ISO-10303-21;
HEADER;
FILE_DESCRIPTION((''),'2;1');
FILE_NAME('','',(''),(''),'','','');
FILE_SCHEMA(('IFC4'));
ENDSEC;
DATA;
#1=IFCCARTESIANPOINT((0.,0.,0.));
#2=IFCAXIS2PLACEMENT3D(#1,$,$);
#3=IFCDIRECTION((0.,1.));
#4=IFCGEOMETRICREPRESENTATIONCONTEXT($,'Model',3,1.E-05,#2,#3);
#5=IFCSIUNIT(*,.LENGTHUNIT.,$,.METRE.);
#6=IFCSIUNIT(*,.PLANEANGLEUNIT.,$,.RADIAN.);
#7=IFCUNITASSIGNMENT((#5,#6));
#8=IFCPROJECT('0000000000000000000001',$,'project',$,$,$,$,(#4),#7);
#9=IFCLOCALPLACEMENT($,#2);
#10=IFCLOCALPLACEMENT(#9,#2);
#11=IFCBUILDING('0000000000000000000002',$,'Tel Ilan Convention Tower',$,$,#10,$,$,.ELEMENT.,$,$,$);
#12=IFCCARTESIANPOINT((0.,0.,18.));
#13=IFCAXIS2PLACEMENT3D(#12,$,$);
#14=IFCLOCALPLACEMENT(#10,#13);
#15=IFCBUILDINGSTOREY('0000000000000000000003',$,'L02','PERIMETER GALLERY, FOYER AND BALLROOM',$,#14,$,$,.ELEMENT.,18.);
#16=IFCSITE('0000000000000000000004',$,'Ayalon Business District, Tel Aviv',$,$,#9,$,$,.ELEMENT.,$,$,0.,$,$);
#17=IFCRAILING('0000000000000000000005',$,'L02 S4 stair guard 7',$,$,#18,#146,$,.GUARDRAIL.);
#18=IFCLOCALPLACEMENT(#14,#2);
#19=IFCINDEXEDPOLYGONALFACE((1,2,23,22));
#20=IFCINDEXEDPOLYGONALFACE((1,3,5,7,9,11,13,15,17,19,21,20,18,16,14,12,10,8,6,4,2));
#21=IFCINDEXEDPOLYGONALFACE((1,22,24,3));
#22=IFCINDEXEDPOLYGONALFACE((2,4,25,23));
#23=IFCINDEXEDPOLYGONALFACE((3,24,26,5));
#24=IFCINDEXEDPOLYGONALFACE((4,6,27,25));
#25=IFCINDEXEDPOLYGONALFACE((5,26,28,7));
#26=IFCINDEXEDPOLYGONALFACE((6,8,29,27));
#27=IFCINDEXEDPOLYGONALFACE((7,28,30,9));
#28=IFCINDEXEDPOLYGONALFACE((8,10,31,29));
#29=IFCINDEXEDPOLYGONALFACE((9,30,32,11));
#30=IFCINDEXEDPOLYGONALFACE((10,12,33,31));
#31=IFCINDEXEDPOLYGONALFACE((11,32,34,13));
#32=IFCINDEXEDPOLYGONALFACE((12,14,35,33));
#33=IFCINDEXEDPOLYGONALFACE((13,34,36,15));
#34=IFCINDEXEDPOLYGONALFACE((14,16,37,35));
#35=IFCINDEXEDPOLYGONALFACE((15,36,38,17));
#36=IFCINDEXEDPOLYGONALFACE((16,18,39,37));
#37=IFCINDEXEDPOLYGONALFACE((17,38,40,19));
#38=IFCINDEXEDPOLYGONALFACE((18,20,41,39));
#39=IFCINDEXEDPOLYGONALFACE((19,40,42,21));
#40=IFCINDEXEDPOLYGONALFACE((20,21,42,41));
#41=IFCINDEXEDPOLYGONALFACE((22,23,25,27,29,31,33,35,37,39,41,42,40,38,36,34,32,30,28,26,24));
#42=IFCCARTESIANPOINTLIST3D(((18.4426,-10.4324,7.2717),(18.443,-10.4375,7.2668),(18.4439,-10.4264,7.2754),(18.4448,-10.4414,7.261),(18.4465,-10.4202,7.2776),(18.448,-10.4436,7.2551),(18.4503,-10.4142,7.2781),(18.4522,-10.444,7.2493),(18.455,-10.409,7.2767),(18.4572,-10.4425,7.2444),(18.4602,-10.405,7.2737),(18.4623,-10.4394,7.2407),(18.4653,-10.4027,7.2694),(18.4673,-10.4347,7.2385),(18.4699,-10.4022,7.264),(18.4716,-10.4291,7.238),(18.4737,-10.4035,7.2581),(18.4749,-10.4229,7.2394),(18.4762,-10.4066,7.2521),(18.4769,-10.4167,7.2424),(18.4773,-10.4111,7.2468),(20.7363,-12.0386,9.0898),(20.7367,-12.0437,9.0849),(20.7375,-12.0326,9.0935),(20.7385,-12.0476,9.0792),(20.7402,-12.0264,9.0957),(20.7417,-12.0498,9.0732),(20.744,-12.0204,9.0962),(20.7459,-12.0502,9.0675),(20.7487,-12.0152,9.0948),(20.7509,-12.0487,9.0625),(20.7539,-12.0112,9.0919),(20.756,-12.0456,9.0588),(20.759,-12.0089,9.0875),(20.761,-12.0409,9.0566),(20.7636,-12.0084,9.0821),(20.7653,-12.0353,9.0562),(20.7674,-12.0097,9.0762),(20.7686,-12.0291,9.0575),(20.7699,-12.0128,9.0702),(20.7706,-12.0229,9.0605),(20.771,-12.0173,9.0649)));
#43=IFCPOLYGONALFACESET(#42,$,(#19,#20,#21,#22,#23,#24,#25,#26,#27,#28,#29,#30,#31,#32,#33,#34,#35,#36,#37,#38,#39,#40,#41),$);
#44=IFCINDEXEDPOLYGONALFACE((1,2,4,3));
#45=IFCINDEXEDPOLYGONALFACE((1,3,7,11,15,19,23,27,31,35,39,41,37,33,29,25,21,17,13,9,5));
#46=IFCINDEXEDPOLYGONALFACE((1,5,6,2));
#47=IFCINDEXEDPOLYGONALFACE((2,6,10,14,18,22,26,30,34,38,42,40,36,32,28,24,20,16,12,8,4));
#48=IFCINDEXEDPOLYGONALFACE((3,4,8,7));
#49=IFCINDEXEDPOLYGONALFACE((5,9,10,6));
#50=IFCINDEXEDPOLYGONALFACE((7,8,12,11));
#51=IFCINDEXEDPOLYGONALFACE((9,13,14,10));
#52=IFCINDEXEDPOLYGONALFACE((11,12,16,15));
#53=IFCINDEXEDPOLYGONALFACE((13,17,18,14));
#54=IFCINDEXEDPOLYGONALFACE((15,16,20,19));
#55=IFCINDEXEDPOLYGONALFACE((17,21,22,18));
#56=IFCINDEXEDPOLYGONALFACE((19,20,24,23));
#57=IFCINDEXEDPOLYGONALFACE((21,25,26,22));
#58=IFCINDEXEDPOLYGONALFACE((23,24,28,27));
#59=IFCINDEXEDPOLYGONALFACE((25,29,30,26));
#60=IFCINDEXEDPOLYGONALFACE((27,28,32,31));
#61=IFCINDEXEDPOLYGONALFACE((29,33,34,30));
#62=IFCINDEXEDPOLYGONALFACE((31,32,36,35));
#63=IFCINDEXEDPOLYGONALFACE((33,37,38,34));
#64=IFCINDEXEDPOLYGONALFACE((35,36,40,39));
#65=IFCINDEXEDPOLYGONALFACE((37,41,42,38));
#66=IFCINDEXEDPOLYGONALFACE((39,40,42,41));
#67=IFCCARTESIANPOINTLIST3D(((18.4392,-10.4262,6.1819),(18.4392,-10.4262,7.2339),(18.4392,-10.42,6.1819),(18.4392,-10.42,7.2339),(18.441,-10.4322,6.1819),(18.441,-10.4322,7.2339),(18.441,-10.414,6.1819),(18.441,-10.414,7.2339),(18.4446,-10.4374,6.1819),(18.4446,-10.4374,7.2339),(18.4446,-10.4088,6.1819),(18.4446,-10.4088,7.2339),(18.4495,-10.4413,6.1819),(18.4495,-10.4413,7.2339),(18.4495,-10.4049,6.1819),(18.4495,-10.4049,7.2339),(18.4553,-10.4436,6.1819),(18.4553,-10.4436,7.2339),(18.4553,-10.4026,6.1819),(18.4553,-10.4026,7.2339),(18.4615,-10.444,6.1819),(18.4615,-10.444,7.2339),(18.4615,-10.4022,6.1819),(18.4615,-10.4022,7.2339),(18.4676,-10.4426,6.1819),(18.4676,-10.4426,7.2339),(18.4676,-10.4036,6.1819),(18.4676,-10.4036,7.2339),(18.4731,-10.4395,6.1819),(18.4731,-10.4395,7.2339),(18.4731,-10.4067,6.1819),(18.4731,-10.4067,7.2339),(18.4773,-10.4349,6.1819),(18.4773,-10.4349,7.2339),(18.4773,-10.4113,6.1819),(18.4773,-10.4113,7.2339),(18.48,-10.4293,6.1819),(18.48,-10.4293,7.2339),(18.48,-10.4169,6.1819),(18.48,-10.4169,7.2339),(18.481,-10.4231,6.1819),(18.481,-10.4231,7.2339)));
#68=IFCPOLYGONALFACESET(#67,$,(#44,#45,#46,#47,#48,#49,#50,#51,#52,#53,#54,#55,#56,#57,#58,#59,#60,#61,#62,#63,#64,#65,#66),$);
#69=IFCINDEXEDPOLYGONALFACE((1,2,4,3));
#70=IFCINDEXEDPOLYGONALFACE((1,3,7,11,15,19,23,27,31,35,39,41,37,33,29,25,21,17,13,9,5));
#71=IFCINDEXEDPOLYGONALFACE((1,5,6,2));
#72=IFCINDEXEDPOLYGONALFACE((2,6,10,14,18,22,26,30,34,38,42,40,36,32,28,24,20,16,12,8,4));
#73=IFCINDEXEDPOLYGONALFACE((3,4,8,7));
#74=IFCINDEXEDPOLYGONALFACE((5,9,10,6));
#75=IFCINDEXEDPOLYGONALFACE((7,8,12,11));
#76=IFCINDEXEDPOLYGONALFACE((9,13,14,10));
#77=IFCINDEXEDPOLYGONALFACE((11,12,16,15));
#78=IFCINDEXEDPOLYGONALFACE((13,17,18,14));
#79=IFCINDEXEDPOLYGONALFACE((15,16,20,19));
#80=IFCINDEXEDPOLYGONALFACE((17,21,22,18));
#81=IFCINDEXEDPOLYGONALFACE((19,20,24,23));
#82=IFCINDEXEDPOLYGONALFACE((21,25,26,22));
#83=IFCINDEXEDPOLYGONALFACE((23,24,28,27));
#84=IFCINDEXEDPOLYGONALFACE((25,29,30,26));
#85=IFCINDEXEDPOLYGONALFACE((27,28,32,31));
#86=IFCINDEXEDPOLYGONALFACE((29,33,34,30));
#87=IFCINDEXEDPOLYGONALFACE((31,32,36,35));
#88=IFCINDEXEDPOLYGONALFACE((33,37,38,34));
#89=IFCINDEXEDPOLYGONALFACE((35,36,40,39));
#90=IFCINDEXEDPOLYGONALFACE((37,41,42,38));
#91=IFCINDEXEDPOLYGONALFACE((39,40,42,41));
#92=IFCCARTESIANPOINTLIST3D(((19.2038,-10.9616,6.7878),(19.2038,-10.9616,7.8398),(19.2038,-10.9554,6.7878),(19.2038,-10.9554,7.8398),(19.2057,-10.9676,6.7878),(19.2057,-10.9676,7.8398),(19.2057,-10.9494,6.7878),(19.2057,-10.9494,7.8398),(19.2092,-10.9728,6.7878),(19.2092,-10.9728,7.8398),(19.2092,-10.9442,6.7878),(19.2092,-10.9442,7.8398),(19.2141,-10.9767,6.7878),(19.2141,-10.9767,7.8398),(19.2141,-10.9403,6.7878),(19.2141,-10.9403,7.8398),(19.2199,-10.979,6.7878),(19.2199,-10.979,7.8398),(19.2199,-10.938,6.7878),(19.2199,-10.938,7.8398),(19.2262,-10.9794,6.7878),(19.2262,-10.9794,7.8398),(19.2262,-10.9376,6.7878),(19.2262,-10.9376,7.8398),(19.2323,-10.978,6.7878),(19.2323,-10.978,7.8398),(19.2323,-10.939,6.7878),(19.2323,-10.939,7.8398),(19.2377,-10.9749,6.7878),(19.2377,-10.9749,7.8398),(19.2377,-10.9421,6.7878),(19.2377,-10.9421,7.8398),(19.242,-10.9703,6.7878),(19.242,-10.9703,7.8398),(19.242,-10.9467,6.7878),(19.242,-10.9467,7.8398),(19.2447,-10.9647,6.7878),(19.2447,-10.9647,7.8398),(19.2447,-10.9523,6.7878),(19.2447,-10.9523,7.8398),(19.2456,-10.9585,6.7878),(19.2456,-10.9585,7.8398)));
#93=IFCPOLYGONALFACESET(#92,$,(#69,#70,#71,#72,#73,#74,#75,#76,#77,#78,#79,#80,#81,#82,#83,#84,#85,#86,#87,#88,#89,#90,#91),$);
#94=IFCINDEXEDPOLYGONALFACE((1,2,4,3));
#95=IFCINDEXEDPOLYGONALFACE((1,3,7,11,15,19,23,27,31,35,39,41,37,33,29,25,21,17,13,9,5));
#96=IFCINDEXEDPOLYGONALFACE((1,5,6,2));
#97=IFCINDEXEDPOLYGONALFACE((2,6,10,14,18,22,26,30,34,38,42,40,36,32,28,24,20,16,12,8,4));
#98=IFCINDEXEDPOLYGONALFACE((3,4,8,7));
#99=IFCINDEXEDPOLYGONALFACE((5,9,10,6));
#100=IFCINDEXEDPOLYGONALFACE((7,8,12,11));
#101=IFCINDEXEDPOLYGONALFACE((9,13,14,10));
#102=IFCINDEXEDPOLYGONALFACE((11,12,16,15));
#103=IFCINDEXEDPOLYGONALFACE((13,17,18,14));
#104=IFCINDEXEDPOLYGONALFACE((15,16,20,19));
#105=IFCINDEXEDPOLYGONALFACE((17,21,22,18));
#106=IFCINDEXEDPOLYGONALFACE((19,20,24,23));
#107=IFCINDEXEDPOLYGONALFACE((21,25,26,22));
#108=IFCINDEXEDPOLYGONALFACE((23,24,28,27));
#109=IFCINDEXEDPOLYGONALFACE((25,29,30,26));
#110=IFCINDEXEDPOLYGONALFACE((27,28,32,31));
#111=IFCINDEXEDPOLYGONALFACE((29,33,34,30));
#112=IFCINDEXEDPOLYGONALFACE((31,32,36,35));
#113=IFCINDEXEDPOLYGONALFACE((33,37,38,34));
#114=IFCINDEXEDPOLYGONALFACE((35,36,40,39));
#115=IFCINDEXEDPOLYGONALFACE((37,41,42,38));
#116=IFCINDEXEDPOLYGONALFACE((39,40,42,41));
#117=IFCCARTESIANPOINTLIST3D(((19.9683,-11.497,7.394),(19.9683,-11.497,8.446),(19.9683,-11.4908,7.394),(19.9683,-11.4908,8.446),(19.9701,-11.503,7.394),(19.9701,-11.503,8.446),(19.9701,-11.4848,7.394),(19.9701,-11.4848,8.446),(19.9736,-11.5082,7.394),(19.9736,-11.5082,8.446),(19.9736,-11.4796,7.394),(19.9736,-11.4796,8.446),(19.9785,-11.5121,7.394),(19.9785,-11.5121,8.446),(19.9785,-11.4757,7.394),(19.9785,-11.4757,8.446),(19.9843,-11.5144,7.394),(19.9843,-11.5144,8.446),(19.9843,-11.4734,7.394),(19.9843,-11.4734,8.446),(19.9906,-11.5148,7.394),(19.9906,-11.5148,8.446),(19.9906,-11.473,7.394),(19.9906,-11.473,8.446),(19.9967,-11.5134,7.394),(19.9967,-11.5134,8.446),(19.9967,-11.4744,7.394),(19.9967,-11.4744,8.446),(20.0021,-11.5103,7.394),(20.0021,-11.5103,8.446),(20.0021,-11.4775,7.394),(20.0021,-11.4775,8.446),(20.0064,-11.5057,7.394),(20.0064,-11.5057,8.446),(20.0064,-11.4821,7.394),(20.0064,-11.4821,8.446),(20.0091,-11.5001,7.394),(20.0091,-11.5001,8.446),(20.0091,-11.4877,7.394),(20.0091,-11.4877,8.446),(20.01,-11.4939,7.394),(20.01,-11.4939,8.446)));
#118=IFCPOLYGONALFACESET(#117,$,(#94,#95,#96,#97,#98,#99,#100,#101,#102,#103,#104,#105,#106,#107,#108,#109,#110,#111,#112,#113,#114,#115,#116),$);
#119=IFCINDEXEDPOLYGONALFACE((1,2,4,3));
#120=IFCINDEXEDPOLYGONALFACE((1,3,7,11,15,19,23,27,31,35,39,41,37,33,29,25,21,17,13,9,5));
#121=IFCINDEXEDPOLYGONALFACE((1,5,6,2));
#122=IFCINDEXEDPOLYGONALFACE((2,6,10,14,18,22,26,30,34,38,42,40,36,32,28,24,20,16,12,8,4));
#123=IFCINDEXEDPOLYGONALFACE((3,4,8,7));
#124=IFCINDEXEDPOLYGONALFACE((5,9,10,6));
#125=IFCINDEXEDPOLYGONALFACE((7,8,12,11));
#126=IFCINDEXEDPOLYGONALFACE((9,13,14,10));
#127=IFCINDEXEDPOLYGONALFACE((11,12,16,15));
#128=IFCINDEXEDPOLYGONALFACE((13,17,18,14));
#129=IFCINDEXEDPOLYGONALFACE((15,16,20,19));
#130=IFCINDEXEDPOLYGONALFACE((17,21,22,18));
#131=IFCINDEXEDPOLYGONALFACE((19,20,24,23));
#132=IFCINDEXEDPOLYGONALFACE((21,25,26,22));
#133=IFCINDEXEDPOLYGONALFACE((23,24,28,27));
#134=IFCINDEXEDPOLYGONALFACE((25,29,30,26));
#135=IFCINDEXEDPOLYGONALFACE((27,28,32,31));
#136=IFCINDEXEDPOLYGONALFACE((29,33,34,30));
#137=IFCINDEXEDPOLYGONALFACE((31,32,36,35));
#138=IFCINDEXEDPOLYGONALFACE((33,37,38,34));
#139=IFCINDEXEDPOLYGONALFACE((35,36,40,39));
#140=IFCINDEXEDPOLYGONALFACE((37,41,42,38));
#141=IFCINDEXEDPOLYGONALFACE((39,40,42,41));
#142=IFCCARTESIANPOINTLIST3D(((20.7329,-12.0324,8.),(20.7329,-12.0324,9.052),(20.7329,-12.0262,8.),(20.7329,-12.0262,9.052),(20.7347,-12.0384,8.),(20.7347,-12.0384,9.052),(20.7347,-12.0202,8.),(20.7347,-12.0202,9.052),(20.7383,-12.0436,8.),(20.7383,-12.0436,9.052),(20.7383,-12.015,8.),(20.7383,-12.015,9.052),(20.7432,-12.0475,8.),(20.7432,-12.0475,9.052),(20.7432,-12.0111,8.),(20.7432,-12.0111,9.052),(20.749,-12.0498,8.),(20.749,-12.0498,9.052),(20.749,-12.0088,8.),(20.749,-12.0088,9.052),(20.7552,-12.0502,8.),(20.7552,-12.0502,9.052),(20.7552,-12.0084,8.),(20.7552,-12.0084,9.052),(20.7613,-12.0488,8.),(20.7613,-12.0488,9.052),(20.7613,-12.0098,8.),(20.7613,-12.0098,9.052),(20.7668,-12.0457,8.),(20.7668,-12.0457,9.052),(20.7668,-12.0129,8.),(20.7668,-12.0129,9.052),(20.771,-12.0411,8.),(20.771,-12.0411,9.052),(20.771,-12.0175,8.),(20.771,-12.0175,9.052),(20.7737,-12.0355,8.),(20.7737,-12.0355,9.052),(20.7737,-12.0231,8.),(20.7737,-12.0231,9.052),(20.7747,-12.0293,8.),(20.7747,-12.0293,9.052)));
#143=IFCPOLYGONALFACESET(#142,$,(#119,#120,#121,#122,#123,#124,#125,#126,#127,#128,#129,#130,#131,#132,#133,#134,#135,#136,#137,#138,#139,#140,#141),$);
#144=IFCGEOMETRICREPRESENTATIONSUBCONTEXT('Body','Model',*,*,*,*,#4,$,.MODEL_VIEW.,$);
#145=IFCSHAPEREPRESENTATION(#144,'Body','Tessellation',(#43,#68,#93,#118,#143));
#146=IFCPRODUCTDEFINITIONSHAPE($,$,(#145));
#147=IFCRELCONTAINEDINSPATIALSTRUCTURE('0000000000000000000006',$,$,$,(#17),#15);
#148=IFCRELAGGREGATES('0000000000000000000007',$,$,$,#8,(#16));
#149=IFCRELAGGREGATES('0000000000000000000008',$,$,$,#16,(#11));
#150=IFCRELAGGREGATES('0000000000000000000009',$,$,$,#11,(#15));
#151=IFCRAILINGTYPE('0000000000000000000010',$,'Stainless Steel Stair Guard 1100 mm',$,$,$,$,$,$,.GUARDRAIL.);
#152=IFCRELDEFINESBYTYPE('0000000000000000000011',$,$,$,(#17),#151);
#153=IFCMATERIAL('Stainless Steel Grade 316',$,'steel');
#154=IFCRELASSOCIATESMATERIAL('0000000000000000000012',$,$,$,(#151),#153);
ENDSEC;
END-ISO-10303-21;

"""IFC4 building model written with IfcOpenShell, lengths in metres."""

from ifc_helpers import new_model, si_unit, direction, frame, origin, origin_2d, place, context, subcontext, project, spatial, circle, extrude, material, type_object, element, save


model = new_model("IFC4")

# Units and contexts
model_context = context("Model", 3, precision=1e-05, world=origin(), true_north=direction((0.0, 1.0)))
body_context = subcontext(model_context, "Body", "Model", "MODEL_VIEW")
ifc_project = project(units=[si_unit("LENGTHUNIT", "METRE"), si_unit("PLANEANGLEUNIT", "RADIAN")], contexts=[model_context])

# Site, building, storey
site_placement = place(None, origin())
site = spatial("IfcSite", under=ifc_project, at=site_placement, Name="Ayalon Business District, Tel Aviv", CompositionType="ELEMENT", RefElevation=0.0)
building_placement = place(site_placement, origin())
building = spatial("IfcBuilding", under=site, at=building_placement, Name="Tel Ilan Convention Tower", CompositionType="ELEMENT")
storey_placement = place(building_placement, frame((0.0, 0.0, 18.0)))
storey = spatial("IfcBuildingStorey", under=building, at=storey_placement, Name="L02", Description="PERIMETER GALLERY, FOYER AND BALLROOM", CompositionType="ELEMENT", Elevation=18.0)

# Railing
ifc_material_1 = material(Name="Stainless Steel Grade 316", Category="steel")
railing_type = type_object("IfcRailingType", Name="Stainless Steel Stair Guard 1100 mm", PredefinedType="GUARDRAIL", material=ifc_material_1)
railing_1_placement = place(storey_placement, frame((18.46, -10.4231, 6.1819)))
element("IfcRailing", 1, at=railing_1_placement, inside=storey, type_object=railing_type, Name="L02 S4 stair guard 7", PredefinedType="GUARDRAIL", context=body_context, shape_type="SweptSolid", body=[
    extrude(circle(Radius=0.0239, at=origin_2d()), frame((0.0, 0.0, 1.0762), z_axis=(0.687017, -0.481095, 0.544568), x_axis=(0.573609, 0.81913, 0.0)), (0.0, 0.0, 1.0), 3.3386),
    extrude(circle(Radius=0.021, at=origin_2d()), origin(), (0.0, 0.0, 1.0), 1.052),
    extrude(circle(Radius=0.021, at=origin_2d()), frame((0.7646, -0.5354, 0.606)), (0.0, 0.0, 1.0), 1.052),
    extrude(circle(Radius=0.021, at=origin_2d()), frame((1.5291, -1.0708, 1.2122)), (0.0, 0.0, 1.0), 1.052),
    extrude(circle(Radius=0.021, at=origin_2d()), frame((2.2937, -1.6062, 1.8181)), (0.0, 0.0, 1.0), 1.052),
])

save(model, "model.ifc")
